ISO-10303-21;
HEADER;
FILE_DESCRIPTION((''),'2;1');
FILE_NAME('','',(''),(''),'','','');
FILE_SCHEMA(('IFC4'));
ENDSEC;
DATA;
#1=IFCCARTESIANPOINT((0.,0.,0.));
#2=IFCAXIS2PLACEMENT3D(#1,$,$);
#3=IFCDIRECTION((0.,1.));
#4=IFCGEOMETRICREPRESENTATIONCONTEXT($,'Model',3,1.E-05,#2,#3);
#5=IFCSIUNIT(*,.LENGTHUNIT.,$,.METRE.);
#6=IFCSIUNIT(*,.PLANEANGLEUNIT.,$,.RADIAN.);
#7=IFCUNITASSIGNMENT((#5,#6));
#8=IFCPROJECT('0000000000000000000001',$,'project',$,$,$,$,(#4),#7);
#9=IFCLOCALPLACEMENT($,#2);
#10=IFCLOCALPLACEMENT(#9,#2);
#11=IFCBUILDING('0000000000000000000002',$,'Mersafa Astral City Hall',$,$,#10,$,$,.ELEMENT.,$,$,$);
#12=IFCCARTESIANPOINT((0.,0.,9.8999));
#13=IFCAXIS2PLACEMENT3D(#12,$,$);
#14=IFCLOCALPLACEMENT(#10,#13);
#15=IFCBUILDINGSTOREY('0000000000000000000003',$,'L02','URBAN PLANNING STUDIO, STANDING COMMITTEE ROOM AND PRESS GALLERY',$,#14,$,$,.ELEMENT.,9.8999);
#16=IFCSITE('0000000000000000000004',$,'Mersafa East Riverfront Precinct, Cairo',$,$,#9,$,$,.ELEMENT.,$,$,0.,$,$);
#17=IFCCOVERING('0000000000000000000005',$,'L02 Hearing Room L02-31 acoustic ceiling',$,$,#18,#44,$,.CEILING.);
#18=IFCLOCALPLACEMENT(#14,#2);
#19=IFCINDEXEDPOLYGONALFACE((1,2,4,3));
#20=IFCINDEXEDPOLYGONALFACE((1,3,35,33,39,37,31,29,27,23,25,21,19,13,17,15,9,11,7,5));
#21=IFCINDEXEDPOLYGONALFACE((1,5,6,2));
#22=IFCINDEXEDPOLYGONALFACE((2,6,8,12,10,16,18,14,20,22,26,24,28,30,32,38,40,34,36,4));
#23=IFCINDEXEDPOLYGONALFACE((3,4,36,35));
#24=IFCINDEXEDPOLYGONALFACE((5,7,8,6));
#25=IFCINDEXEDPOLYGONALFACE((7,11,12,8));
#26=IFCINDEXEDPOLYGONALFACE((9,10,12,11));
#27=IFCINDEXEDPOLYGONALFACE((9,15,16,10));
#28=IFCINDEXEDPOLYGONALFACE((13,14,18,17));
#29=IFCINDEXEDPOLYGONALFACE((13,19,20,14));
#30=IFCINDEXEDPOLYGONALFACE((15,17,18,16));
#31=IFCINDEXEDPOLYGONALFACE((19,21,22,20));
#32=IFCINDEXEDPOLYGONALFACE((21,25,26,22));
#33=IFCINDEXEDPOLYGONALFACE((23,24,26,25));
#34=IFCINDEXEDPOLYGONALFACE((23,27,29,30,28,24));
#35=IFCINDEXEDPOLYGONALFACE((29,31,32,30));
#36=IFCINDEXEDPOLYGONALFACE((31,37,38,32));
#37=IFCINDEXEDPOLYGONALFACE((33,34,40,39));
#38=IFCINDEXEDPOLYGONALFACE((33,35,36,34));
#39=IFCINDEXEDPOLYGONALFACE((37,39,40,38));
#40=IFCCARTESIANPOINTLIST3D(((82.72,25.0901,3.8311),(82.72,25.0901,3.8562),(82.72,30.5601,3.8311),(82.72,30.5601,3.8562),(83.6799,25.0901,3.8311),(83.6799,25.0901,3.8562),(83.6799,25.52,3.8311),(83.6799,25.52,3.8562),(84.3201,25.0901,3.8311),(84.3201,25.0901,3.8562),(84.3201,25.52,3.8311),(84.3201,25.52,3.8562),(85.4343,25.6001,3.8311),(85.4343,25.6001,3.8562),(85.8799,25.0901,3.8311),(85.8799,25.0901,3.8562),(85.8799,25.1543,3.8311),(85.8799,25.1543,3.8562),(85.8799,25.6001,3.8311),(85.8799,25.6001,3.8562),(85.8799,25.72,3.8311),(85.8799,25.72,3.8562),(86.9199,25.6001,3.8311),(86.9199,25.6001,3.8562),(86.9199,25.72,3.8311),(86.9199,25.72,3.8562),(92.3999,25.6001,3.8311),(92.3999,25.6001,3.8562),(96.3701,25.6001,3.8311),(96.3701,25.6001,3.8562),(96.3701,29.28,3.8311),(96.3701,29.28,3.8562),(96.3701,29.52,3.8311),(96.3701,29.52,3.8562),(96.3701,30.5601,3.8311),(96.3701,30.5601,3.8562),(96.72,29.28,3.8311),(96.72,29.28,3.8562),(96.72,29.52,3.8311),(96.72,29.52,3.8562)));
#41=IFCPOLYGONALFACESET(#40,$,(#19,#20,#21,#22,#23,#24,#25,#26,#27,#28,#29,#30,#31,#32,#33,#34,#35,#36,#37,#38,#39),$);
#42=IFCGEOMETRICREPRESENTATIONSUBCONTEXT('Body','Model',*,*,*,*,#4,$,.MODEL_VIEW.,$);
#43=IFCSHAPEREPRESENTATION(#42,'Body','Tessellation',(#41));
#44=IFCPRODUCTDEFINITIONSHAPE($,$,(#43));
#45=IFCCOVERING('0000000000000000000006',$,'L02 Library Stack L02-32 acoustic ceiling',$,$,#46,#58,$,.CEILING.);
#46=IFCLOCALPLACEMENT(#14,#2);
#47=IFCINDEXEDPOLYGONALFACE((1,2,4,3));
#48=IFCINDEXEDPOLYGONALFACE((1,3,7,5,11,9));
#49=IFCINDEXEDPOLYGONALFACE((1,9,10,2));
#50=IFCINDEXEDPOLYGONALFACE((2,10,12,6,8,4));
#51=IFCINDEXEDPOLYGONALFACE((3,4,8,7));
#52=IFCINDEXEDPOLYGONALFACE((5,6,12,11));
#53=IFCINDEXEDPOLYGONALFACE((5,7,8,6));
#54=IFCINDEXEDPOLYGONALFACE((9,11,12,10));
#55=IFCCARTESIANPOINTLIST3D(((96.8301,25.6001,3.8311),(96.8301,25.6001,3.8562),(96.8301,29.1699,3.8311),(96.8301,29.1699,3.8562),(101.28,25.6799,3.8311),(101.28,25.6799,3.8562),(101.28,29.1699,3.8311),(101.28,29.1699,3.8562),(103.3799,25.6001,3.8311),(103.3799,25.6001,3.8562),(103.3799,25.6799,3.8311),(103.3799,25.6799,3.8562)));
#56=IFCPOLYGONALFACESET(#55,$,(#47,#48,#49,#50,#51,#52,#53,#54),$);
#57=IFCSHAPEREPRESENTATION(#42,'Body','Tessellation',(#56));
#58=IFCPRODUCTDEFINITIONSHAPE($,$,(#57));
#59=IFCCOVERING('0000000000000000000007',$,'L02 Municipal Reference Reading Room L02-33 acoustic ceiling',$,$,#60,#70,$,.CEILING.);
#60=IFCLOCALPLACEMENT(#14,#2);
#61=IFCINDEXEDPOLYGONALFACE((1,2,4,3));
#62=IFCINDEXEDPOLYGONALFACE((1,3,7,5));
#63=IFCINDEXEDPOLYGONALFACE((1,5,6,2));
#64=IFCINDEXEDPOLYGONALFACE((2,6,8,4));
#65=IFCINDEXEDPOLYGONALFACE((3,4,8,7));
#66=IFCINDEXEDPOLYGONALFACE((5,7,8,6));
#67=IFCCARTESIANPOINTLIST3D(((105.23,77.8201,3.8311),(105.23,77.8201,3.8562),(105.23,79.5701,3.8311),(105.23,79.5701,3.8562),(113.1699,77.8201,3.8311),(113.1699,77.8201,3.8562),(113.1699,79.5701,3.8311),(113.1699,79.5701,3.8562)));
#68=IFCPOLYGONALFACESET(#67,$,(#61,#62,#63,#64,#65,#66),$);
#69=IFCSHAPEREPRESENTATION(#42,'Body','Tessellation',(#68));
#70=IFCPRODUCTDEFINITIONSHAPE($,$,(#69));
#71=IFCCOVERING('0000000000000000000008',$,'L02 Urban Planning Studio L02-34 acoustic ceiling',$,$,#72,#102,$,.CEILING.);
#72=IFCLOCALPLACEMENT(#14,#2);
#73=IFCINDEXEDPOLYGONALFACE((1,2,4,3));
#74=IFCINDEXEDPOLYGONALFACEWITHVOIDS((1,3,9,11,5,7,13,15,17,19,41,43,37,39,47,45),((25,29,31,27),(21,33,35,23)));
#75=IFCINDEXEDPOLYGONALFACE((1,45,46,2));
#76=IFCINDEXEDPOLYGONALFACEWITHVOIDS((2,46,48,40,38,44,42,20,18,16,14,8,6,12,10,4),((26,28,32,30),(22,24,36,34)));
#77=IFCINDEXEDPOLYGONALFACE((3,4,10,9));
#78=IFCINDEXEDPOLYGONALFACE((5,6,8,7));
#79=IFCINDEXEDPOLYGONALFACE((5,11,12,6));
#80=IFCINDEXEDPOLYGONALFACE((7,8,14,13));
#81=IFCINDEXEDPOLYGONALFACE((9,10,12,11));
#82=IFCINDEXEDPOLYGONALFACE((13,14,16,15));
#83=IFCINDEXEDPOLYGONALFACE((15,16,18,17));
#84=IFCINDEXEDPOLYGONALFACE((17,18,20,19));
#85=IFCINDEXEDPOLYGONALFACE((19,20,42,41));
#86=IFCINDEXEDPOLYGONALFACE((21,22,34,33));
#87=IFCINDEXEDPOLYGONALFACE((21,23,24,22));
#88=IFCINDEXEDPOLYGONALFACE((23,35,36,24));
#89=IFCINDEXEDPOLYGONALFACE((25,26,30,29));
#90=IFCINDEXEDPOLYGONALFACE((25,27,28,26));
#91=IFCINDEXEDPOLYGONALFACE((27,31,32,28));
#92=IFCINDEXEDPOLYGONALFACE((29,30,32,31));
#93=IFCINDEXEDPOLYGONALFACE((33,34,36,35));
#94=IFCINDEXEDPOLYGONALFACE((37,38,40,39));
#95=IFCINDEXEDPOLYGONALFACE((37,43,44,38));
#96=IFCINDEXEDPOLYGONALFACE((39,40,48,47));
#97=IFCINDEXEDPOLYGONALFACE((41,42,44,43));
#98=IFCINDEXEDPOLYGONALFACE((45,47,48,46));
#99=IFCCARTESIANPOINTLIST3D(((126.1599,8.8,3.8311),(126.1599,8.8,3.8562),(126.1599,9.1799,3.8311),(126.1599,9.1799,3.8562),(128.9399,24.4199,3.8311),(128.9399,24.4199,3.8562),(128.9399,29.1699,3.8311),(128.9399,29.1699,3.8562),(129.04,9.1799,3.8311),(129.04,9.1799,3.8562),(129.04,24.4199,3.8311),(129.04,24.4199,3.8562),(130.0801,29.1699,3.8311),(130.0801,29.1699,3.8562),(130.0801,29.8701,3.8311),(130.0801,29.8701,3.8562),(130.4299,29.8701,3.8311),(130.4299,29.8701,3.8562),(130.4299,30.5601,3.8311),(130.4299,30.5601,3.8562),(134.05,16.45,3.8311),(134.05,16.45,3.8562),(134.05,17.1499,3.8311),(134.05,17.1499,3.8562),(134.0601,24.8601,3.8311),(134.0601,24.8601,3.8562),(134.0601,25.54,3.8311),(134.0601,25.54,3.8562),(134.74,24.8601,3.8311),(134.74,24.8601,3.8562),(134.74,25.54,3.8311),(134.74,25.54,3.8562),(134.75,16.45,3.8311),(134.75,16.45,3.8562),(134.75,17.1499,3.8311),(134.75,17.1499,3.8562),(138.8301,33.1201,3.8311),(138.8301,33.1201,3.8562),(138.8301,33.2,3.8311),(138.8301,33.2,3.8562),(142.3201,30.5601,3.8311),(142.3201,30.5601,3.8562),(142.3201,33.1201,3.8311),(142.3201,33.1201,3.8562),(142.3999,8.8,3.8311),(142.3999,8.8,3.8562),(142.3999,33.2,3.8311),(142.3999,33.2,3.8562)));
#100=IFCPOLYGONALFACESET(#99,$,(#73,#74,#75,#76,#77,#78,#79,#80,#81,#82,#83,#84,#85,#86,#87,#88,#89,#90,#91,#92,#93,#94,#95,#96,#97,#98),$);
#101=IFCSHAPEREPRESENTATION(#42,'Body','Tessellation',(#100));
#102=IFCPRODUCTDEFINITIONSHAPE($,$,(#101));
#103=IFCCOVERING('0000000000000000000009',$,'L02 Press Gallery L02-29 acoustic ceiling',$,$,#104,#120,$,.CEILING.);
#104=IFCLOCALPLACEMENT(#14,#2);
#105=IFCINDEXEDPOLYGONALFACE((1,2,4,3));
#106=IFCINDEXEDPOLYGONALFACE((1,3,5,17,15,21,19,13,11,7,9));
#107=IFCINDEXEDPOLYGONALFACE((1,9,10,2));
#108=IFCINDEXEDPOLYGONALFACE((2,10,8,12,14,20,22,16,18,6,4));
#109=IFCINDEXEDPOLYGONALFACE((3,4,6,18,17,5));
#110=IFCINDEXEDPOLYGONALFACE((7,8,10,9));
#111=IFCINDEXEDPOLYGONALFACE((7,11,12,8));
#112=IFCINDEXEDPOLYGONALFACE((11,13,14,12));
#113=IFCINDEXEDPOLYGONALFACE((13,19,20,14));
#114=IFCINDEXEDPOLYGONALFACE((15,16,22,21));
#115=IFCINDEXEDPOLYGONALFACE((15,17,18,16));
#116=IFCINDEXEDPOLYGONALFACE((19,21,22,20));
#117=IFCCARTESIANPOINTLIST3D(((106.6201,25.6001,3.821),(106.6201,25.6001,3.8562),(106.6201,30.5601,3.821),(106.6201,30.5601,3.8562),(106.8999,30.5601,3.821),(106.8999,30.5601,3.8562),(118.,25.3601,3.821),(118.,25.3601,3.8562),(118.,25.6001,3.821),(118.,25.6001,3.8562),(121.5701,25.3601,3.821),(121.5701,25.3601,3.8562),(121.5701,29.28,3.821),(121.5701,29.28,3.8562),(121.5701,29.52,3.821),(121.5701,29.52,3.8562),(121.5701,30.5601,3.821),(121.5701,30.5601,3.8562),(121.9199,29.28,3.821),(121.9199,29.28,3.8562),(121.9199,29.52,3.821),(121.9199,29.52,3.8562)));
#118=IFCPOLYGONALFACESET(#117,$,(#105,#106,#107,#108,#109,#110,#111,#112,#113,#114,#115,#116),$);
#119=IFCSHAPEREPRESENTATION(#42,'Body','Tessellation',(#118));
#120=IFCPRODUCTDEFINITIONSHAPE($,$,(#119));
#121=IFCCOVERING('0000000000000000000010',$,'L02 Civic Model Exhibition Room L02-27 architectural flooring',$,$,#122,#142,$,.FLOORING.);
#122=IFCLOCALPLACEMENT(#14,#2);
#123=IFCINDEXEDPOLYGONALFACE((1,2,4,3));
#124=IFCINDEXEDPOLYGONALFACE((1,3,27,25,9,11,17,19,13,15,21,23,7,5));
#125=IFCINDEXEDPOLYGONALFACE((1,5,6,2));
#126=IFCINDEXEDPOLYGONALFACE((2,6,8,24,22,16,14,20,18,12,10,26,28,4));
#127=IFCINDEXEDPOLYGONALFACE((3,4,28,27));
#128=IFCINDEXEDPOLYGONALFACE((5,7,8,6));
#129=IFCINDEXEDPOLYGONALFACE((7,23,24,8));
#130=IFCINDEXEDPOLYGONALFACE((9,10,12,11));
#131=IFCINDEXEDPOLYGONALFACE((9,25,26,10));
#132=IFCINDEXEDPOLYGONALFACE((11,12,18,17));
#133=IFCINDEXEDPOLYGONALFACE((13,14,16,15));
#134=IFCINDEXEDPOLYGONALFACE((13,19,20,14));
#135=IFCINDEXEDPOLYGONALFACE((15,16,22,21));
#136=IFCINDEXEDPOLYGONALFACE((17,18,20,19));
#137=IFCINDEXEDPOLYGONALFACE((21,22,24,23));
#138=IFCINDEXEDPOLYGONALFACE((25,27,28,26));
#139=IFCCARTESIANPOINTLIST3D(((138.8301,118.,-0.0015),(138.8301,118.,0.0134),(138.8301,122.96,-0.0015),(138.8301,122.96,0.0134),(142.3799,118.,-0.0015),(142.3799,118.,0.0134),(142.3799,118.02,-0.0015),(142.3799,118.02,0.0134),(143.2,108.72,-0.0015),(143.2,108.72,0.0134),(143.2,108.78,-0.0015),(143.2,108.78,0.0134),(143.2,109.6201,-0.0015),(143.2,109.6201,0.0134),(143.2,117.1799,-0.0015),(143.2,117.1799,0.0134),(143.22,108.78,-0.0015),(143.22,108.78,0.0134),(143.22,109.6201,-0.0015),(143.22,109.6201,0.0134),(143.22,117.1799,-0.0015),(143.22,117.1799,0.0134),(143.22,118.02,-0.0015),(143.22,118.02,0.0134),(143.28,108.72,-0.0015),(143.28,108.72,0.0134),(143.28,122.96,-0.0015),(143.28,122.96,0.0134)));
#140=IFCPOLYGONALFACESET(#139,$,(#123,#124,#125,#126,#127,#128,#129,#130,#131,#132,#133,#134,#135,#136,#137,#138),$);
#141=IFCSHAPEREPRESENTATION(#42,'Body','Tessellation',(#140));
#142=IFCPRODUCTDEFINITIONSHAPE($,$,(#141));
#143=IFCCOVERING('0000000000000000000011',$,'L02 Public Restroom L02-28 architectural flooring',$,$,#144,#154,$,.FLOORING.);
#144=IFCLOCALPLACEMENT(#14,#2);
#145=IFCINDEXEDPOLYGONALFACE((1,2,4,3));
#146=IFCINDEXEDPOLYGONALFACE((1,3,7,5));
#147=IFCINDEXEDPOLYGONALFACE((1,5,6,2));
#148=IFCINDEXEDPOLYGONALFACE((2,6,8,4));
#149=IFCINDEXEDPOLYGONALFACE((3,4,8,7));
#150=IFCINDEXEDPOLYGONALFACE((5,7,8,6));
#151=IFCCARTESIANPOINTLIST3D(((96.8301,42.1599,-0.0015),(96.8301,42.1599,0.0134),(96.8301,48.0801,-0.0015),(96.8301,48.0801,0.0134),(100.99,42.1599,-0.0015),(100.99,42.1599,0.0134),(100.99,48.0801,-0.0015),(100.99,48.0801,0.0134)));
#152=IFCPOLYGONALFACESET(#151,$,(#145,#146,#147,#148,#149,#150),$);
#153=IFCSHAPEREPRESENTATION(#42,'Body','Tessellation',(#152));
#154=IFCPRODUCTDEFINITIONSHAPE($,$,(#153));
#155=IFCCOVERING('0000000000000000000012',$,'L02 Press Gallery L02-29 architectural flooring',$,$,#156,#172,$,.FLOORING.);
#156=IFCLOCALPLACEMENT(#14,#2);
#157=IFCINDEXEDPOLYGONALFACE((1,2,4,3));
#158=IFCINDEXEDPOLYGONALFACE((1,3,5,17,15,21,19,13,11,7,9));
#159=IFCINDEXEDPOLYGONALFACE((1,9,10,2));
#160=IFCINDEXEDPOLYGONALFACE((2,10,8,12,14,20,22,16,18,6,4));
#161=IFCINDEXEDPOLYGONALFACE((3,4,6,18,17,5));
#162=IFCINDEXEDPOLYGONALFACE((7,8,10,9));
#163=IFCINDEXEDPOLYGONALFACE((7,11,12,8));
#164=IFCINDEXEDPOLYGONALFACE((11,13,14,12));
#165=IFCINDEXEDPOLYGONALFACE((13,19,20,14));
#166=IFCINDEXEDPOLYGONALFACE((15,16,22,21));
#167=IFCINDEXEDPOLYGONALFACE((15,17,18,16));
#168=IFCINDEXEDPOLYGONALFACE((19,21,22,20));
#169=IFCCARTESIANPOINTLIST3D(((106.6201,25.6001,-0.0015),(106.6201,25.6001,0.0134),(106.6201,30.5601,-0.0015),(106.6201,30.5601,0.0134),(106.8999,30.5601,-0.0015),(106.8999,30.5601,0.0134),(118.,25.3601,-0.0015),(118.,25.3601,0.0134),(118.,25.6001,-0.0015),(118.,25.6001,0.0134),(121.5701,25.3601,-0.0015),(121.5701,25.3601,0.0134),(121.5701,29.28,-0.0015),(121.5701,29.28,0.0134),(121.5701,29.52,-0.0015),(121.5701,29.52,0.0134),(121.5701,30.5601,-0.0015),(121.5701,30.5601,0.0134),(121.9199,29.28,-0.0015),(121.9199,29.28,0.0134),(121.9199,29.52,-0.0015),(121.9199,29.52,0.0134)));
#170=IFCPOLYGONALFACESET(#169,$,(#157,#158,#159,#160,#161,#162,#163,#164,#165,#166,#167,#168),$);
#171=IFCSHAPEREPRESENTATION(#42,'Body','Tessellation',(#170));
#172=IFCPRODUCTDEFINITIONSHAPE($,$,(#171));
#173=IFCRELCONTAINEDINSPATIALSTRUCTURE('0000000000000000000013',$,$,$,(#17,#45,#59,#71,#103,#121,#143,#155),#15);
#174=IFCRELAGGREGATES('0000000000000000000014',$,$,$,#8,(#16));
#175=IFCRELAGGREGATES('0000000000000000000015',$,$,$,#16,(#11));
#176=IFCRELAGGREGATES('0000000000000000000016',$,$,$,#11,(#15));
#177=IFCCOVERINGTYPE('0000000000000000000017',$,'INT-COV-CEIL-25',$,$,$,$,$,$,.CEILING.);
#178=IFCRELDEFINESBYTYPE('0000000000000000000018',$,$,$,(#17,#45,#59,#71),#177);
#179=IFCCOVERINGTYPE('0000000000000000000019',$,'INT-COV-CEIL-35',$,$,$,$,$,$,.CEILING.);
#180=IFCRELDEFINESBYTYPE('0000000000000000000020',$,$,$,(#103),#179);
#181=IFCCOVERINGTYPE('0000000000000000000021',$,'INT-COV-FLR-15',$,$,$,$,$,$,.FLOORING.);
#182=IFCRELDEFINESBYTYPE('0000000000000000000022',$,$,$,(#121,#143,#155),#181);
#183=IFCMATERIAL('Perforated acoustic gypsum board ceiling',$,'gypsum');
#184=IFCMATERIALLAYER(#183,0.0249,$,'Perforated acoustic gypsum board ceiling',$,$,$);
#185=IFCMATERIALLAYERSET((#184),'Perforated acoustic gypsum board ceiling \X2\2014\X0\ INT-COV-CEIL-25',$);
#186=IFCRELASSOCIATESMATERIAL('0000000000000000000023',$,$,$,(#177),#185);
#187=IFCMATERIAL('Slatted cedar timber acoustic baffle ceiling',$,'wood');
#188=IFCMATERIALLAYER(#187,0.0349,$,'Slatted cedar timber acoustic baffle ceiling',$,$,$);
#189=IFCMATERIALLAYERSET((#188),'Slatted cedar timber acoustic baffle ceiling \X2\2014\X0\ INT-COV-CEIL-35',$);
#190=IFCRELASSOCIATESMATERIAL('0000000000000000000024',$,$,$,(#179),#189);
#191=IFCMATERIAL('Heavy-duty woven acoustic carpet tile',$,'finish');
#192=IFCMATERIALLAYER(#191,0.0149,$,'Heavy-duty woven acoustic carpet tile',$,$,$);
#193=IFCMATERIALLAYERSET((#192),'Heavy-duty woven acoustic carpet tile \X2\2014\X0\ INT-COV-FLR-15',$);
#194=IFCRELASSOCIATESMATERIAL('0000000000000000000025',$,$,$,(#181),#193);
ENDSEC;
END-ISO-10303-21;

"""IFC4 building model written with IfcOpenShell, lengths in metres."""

from ifc_helpers import new_model, si_unit, direction, frame, origin, place, context, subcontext, project, spatial, polyline, outline, extrude, material, layer, layer_set, type_object, element, save


model = new_model("IFC4")

# Units and contexts
model_context = context("Model", 3, precision=1e-05, world=origin(), true_north=direction((0.0, 1.0)))
body_context = subcontext(model_context, "Body", "Model", "MODEL_VIEW")
ifc_project = project(units=[si_unit("LENGTHUNIT", "METRE"), si_unit("PLANEANGLEUNIT", "RADIAN")], contexts=[model_context])

# Site, building, storey
site_placement = place(None, origin())
site = spatial("IfcSite", under=ifc_project, at=site_placement, Name="Mersafa East Riverfront Precinct, Cairo", CompositionType="ELEMENT", RefElevation=0.0)
building_placement = place(site_placement, origin())
building = spatial("IfcBuilding", under=site, at=building_placement, Name="Mersafa Astral City Hall", CompositionType="ELEMENT")
storey_placement = place(building_placement, frame((0.0, 0.0, 9.8999)))
storey = spatial("IfcBuildingStorey", under=building, at=storey_placement, Name="L02", Description="URBAN PLANNING STUDIO, STANDING COMMITTEE ROOM AND PRESS GALLERY", CompositionType="ELEMENT", Elevation=9.8999)

# Coverings
ifc_material_1 = material(Name="Perforated acoustic gypsum board ceiling", Category="gypsum")
ifc_layer_1 = layer(ifc_material_1, 0.0249, Name="Perforated acoustic gypsum board ceiling")
ifc_layer_set_1 = layer_set([ifc_layer_1], Name="Perforated acoustic gypsum board ceiling — INT-COV-CEIL-25")
covering_type_1 = type_object("IfcCoveringType", Name="INT-COV-CEIL-25", PredefinedType="CEILING", material=ifc_layer_set_1)
covering_1_placement = place(storey_placement, frame((0.0, 0.0, 3.8311)))
element("IfcCovering", 1, at=covering_1_placement, inside=storey, type_object=covering_type_1, Name="L02 Hearing Room L02-31 acoustic ceiling", PredefinedType="CEILING", context=body_context, shape_type="SweptSolid", body=[
    extrude(outline(polyline([(82.72, 25.0901), (82.72, 30.5601), (96.3701, 30.5601), (96.3701, 29.52), (96.72, 29.52), (96.72, 29.28), (96.3701, 29.28), (96.3701, 25.6001), (92.3999, 25.6001), (86.9199, 25.6001), (86.9199, 25.72), (85.8799, 25.72), (85.8799, 25.6001), (85.4343, 25.6001), (85.8799, 25.1543), (85.8799, 25.0901), (84.3201, 25.0901), (84.3201, 25.52), (83.6799, 25.52), (83.6799, 25.0901), (82.72, 25.0901)])), origin(), (0.0, 0.0, 1.0), 0.0251),
])
covering_2_placement = place(storey_placement, frame((0.0, 0.0, 3.8311)))
element("IfcCovering", 2, at=covering_2_placement, inside=storey, type_object=covering_type_1, Name="L02 Library Stack L02-32 acoustic ceiling", PredefinedType="CEILING", context=body_context, shape_type="SweptSolid", body=[
    extrude(outline(polyline([(103.3799, 25.6001), (96.8301, 25.6001), (96.8301, 29.1699), (101.28, 29.1699), (101.28, 25.6799), (103.3799, 25.6799), (103.3799, 25.6001)])), origin(), (0.0, 0.0, 1.0), 0.0251),
])
covering_3_placement = place(storey_placement, frame((0.0, 0.0, 3.8311)))
element("IfcCovering", 3, at=covering_3_placement, inside=storey, type_object=covering_type_1, Name="L02 Municipal Reference Reading Room L02-33 acoustic ceiling", PredefinedType="CEILING", context=body_context, shape_type="SweptSolid", body=[
    extrude(outline(polyline([(113.1699, 79.5701), (113.1699, 77.8201), (105.23, 77.8201), (105.23, 79.5701), (113.1699, 79.5701)])), origin(), (0.0, 0.0, 1.0), 0.0251),
])
covering_4_placement = place(storey_placement, frame((0.0, 0.0, 3.8311)))
element("IfcCovering", 4, at=covering_4_placement, inside=storey, type_object=covering_type_1, Name="L02 Urban Planning Studio L02-34 acoustic ceiling", PredefinedType="CEILING", context=body_context, shape_type="SweptSolid", body=[
    extrude(outline(polyline([(128.9399, 29.1699), (130.0801, 29.1699), (130.0801, 29.8701), (130.4299, 29.8701), (130.4299, 30.5601), (142.3201, 30.5601), (142.3201, 33.1201), (138.8301, 33.1201), (138.8301, 33.2), (142.3999, 33.2), (142.3999, 8.8), (126.1599, 8.8), (126.1599, 9.1799), (129.04, 9.1799), (129.04, 24.4199), (128.9399, 24.4199), (128.9399, 29.1699)]), holes=[polyline([(134.75, 16.45), (134.75, 17.1499), (134.05, 17.1499), (134.05, 16.45), (134.75, 16.45)]), polyline([(134.74, 24.8601), (134.74, 25.54), (134.0601, 25.54), (134.0601, 24.8601), (134.74, 24.8601)])]), origin(), (0.0, 0.0, 1.0), 0.0251),
])
ifc_material_2 = material(Name="Slatted cedar timber acoustic baffle ceiling", Category="wood")
ifc_layer_2 = layer(ifc_material_2, 0.0349, Name="Slatted cedar timber acoustic baffle ceiling")
ifc_layer_set_2 = layer_set([ifc_layer_2], Name="Slatted cedar timber acoustic baffle ceiling — INT-COV-CEIL-35")
covering_type_2 = type_object("IfcCoveringType", Name="INT-COV-CEIL-35", PredefinedType="CEILING", material=ifc_layer_set_2)
covering_5_placement = place(storey_placement, frame((0.0, 0.0, 3.821)))
element("IfcCovering", 5, at=covering_5_placement, inside=storey, type_object=covering_type_2, Name="L02 Press Gallery L02-29 acoustic ceiling", PredefinedType="CEILING", context=body_context, shape_type="SweptSolid", body=[
    extrude(outline(polyline([(106.6201, 30.5601), (106.8999, 30.5601), (121.5701, 30.5601), (121.5701, 29.52), (121.9199, 29.52), (121.9199, 29.28), (121.5701, 29.28), (121.5701, 25.3601), (118.0, 25.3601), (118.0, 25.6001), (106.6201, 25.6001), (106.6201, 30.5601)])), origin(), (0.0, 0.0, 1.0), 0.0352),
])
ifc_material_3 = material(Name="Heavy-duty woven acoustic carpet tile", Category="finish")
ifc_layer_3 = layer(ifc_material_3, 0.0149, Name="Heavy-duty woven acoustic carpet tile")
ifc_layer_set_3 = layer_set([ifc_layer_3], Name="Heavy-duty woven acoustic carpet tile — INT-COV-FLR-15")
covering_type_3 = type_object("IfcCoveringType", Name="INT-COV-FLR-15", PredefinedType="FLOORING", material=ifc_layer_set_3)
covering_6_placement = place(storey_placement, frame((0.0, 0.0, -0.0015)))
element("IfcCovering", 6, at=covering_6_placement, inside=storey, type_object=covering_type_3, Name="L02 Civic Model Exhibition Room L02-27 architectural flooring", PredefinedType="FLOORING", context=body_context, shape_type="SweptSolid", body=[
    extrude(outline(polyline([(138.8301, 118.0), (138.8301, 122.96), (143.28, 122.96), (143.28, 108.72), (143.2, 108.72), (143.2, 108.78), (143.22, 108.78), (143.22, 109.6201), (143.2, 109.6201), (143.2, 117.1799), (143.22, 117.1799), (143.22, 118.02), (142.3799, 118.02), (142.3799, 118.0), (138.8301, 118.0)])), origin(), (0.0, 0.0, 1.0), 0.0149),
])
covering_7_placement = place(storey_placement, frame((0.0, 0.0, -0.0015)))
element("IfcCovering", 7, at=covering_7_placement, inside=storey, type_object=covering_type_3, Name="L02 Public Restroom L02-28 architectural flooring", PredefinedType="FLOORING", context=body_context, shape_type="SweptSolid", body=[
    extrude(outline(polyline([(96.8301, 42.1599), (96.8301, 48.0801), (100.99, 48.0801), (100.99, 42.1599), (96.8301, 42.1599)])), origin(), (0.0, 0.0, 1.0), 0.0149),
])
covering_8_placement = place(storey_placement, frame((0.0, 0.0, -0.0015)))
element("IfcCovering", 8, at=covering_8_placement, inside=storey, type_object=covering_type_3, Name="L02 Press Gallery L02-29 architectural flooring", PredefinedType="FLOORING", context=body_context, shape_type="SweptSolid", body=[
    extrude(outline(polyline([(106.6201, 30.5601), (106.8999, 30.5601), (121.5701, 30.5601), (121.5701, 29.52), (121.9199, 29.52), (121.9199, 29.28), (121.5701, 29.28), (121.5701, 25.3601), (118.0, 25.3601), (118.0, 25.6001), (106.6201, 25.6001), (106.6201, 30.5601)])), origin(), (0.0, 0.0, 1.0), 0.0149),
])

save(model, "model.ifc")
